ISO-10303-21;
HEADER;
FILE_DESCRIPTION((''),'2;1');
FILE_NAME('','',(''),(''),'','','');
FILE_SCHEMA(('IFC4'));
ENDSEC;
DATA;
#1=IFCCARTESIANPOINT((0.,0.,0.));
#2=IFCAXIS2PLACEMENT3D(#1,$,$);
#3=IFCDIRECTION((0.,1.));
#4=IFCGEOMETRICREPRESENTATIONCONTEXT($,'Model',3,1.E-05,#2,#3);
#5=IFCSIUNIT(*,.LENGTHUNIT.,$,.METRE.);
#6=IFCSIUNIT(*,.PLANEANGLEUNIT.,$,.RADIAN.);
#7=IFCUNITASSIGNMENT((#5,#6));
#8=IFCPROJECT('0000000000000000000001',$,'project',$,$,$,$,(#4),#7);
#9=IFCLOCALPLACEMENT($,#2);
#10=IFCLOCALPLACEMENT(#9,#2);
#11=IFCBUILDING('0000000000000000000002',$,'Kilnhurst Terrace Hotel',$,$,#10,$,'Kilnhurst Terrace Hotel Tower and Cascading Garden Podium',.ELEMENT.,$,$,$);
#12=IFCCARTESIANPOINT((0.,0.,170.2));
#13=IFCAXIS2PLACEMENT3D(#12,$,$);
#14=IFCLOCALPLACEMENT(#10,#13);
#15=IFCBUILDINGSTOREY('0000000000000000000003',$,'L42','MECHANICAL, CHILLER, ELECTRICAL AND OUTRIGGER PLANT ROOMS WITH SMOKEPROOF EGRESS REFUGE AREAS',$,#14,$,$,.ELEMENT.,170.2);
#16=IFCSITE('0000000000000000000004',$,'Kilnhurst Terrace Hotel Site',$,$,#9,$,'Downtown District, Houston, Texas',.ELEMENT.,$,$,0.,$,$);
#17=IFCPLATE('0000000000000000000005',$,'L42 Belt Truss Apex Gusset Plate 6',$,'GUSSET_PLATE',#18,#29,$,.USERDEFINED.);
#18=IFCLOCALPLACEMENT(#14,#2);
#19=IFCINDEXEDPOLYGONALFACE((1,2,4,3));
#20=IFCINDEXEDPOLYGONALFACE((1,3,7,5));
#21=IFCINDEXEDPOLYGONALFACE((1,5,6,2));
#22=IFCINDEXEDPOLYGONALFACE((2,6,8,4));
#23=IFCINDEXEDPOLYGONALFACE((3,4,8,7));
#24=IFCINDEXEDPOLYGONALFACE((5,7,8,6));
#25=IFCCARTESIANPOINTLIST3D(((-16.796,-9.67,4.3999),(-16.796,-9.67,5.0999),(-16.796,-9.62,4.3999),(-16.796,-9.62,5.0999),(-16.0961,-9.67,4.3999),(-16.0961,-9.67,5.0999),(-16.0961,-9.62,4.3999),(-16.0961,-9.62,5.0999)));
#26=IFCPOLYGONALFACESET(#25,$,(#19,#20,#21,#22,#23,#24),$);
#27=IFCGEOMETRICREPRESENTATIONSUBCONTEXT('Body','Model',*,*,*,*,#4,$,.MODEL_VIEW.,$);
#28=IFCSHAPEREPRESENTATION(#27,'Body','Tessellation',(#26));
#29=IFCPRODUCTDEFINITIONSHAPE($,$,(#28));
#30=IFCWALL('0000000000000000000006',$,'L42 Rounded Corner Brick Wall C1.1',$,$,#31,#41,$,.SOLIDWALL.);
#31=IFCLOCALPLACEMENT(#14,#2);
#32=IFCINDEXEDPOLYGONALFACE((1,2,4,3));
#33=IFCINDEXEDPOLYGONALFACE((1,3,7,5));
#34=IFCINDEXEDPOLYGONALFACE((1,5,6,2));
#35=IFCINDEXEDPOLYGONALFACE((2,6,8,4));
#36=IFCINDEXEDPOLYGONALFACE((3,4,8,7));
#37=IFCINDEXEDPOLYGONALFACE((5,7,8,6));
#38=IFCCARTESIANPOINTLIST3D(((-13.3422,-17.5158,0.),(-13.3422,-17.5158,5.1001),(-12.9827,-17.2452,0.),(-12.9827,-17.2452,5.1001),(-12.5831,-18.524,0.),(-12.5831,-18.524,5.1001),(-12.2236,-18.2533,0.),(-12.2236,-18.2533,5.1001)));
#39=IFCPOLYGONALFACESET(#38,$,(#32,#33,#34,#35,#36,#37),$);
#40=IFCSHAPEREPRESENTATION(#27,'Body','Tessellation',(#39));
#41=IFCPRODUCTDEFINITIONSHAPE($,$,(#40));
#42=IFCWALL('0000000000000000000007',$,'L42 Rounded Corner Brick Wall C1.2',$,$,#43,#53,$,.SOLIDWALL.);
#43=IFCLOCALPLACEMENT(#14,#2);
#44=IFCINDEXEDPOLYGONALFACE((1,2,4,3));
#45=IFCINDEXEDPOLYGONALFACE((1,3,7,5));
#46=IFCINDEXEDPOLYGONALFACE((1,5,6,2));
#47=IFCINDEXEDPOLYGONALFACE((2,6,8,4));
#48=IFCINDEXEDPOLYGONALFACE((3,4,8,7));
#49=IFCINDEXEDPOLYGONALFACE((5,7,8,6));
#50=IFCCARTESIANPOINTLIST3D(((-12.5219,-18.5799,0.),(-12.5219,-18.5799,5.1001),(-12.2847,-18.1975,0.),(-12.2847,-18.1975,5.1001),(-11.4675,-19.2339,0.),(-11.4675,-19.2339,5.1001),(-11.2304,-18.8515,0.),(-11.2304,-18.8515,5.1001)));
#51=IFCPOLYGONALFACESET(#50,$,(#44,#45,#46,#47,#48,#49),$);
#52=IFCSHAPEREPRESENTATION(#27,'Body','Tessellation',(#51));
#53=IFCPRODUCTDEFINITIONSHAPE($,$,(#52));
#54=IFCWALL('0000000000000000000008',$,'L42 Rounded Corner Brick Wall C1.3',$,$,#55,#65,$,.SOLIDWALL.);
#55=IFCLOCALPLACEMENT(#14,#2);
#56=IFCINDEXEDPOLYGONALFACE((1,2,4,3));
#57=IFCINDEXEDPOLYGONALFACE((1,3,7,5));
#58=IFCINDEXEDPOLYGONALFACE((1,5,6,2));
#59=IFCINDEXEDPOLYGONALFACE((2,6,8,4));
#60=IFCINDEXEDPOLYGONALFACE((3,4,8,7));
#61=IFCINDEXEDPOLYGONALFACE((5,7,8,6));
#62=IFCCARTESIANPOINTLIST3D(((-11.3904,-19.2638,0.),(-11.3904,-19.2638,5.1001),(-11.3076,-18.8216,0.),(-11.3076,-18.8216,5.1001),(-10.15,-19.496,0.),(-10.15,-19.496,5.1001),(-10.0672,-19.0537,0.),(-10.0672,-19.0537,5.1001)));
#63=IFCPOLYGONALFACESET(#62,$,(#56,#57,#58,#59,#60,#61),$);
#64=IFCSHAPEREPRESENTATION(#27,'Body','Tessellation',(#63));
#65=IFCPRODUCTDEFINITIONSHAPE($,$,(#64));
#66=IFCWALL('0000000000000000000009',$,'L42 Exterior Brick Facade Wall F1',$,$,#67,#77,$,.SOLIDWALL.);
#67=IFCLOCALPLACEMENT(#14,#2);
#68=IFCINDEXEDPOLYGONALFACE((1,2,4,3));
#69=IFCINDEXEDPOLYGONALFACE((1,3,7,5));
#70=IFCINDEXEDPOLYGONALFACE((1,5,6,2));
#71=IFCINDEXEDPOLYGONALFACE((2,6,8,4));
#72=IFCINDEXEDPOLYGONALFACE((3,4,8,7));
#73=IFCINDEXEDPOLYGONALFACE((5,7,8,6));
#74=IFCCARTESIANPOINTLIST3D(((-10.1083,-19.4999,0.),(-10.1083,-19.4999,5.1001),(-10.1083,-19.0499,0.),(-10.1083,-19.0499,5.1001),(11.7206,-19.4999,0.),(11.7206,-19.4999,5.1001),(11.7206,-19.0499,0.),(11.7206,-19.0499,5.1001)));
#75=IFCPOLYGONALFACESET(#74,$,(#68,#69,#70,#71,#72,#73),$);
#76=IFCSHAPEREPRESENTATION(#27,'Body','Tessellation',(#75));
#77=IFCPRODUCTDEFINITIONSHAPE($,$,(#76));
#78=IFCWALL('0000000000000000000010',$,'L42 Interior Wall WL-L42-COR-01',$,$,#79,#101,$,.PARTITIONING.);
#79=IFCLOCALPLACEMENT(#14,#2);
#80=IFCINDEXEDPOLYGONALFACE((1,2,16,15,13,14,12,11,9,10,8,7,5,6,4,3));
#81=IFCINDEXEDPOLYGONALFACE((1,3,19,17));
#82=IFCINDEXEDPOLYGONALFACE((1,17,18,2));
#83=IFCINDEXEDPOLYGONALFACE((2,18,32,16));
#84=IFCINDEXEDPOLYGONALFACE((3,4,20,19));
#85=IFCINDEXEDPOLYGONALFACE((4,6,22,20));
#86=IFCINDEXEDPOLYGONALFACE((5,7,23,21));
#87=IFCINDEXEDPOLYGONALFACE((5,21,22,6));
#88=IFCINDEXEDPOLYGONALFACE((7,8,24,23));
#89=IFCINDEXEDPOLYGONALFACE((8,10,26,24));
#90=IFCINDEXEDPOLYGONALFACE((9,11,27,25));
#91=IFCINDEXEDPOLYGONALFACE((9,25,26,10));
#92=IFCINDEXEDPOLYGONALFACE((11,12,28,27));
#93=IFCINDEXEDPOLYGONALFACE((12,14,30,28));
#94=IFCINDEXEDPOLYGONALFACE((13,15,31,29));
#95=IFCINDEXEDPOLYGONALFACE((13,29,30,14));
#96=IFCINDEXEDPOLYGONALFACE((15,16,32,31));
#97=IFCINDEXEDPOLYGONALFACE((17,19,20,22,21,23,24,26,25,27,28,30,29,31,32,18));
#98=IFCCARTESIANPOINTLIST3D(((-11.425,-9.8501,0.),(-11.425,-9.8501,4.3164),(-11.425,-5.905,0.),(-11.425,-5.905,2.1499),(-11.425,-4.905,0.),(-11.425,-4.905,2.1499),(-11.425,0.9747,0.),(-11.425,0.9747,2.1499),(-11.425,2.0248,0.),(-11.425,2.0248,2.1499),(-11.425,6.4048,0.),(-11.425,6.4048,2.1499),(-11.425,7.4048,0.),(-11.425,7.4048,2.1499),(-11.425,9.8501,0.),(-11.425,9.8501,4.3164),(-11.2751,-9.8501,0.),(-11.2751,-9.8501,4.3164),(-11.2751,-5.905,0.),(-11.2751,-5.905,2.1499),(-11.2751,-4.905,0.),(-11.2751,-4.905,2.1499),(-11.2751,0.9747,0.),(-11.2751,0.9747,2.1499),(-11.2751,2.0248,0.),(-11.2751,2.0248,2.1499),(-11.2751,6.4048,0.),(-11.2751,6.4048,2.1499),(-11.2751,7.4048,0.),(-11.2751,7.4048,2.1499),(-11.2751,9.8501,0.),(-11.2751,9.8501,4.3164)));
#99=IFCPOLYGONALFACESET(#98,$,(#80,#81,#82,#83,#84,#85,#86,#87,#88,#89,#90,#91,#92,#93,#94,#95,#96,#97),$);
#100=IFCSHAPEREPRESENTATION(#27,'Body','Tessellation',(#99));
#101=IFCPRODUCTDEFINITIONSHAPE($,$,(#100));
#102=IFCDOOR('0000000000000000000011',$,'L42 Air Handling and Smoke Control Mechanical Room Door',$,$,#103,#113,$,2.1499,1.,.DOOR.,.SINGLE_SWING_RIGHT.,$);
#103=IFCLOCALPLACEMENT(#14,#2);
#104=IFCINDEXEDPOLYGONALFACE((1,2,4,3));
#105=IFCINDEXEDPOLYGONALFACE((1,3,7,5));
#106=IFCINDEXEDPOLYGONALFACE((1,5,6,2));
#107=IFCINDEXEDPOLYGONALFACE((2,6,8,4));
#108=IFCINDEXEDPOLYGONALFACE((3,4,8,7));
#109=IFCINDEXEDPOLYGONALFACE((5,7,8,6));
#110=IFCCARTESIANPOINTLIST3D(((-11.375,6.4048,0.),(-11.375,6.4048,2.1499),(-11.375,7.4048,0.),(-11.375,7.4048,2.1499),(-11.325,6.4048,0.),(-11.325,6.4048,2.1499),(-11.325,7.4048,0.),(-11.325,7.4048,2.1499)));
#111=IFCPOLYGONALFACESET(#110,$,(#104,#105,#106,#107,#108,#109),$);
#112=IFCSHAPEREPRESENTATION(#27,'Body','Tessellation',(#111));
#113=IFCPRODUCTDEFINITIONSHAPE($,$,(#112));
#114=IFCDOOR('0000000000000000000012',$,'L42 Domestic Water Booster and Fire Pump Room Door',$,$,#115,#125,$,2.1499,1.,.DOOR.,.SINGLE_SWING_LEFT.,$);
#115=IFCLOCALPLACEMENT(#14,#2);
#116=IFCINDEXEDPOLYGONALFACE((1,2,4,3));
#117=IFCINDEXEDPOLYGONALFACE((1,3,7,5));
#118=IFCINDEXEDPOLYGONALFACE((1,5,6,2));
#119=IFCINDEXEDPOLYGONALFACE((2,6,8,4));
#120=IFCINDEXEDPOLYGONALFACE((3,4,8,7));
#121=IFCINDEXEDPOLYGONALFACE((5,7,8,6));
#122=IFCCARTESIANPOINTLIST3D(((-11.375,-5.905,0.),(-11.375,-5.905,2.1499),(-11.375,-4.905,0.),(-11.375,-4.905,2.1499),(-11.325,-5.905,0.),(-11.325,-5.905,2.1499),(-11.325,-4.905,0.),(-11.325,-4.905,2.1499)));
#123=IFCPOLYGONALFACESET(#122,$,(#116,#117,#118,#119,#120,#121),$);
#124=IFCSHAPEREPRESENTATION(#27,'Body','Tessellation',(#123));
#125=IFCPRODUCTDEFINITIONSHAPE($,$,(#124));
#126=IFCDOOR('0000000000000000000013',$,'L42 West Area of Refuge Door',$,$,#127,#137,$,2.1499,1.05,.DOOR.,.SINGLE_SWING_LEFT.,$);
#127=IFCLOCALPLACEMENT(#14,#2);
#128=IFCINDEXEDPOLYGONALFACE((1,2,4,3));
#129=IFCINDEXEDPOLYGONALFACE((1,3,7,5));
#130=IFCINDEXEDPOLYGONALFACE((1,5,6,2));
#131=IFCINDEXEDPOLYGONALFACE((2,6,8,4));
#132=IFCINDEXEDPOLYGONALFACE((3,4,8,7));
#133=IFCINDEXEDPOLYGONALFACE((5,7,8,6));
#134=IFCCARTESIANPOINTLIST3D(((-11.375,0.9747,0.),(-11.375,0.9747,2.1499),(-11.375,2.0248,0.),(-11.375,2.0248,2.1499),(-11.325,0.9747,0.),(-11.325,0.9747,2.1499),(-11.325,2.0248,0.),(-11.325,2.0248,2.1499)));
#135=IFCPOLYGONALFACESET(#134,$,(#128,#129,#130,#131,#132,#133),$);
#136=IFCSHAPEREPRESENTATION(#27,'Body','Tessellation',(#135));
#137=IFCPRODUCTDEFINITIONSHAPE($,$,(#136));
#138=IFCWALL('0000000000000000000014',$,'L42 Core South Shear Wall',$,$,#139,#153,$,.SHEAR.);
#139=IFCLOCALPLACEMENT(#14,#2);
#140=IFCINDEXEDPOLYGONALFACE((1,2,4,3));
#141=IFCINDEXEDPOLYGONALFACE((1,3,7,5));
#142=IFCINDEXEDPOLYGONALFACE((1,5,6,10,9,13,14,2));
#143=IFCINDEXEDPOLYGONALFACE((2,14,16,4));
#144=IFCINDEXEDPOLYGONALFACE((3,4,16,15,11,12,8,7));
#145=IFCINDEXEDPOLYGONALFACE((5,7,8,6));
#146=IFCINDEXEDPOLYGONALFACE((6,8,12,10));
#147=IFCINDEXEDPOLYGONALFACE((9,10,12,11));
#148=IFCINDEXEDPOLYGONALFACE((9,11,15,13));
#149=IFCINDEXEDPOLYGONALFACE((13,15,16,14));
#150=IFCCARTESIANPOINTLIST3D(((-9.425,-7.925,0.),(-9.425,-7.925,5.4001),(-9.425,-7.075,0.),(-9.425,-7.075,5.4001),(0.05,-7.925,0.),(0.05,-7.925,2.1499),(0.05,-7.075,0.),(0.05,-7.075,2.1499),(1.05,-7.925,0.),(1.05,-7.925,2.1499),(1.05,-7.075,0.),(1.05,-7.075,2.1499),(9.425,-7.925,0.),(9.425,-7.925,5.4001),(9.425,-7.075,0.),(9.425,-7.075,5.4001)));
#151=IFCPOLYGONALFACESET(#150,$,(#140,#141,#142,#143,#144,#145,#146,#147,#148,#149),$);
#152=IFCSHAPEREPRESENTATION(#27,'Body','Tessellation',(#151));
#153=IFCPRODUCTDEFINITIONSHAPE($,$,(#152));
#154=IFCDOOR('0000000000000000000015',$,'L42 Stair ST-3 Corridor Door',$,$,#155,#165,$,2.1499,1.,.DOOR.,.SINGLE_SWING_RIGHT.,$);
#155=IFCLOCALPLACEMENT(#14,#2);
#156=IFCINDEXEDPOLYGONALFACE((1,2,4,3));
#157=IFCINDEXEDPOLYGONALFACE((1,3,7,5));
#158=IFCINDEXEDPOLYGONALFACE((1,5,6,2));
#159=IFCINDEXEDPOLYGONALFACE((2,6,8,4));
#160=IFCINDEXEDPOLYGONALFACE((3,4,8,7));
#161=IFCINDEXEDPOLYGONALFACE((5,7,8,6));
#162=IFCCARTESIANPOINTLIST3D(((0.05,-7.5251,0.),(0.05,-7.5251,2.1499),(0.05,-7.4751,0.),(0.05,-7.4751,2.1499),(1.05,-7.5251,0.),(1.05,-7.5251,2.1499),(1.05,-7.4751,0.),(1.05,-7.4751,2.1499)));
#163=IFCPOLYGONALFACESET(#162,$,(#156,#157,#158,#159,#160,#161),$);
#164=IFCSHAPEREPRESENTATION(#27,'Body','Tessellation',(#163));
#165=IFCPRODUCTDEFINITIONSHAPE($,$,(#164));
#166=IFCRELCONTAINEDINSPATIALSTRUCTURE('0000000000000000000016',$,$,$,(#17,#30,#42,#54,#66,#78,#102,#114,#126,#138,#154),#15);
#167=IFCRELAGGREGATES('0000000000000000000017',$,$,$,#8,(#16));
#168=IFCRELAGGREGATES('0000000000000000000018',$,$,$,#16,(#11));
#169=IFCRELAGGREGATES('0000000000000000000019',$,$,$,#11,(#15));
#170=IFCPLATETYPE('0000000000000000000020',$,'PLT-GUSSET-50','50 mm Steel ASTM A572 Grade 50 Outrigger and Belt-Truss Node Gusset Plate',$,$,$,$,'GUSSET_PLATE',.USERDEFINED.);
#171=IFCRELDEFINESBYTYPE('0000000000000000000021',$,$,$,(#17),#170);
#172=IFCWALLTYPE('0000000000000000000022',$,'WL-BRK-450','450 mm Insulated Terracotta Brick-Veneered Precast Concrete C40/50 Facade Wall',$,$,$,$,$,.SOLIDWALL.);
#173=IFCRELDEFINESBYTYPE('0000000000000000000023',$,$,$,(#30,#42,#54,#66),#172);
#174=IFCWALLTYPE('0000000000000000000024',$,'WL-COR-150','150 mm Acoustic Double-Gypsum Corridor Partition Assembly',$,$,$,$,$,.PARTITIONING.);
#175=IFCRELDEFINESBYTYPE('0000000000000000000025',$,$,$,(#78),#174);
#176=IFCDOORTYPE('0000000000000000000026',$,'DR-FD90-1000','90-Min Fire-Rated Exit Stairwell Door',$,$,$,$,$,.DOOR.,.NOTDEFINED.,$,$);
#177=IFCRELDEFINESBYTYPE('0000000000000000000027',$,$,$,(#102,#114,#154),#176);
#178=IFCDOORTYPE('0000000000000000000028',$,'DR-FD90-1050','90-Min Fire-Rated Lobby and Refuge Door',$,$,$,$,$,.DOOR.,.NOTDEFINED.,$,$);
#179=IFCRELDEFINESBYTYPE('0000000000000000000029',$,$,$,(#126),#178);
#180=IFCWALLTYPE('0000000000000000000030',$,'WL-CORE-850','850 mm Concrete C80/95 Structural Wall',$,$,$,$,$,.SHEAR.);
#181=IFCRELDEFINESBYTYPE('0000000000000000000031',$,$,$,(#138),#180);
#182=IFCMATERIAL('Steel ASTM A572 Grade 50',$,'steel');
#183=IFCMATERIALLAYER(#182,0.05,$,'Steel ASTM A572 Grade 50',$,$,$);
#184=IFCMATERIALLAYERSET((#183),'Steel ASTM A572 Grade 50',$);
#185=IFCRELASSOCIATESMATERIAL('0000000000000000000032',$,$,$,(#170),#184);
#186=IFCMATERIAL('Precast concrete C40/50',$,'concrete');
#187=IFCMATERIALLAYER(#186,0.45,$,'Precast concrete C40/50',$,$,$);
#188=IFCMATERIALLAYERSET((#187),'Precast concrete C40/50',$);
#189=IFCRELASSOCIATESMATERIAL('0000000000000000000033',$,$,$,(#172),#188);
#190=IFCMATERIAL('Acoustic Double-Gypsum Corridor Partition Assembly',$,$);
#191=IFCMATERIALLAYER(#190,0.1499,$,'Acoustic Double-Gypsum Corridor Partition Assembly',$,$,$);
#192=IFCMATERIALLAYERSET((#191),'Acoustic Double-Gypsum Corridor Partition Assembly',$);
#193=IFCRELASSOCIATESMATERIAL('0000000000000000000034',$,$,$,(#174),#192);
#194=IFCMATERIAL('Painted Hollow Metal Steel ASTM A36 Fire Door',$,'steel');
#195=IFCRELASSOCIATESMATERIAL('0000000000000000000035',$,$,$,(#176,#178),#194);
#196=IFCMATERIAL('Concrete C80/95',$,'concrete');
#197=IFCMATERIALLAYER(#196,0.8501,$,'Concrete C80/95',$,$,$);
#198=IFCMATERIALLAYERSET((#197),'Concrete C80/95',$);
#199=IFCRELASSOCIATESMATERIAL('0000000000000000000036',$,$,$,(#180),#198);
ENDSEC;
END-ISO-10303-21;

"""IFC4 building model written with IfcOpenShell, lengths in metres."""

from ifc_helpers import new_model, si_unit, direction, frame, frame_2d, origin, origin_2d, place, context, subcontext, project, spatial, rectangle, extrude, material, layer, layer_set, type_object, element, fill, save


model = new_model("IFC4")

# Units and contexts
model_context = context("Model", 3, precision=1e-05, world=origin(), true_north=direction((0.0, 1.0)))
body_context = subcontext(model_context, "Body", "Model", "MODEL_VIEW")
ifc_project = project(units=[si_unit("LENGTHUNIT", "METRE"), si_unit("PLANEANGLEUNIT", "RADIAN")], contexts=[model_context])

# Site, building, storey
site_placement = place(None, origin())
site = spatial("IfcSite", under=ifc_project, at=site_placement, Name="Kilnhurst Terrace Hotel Site", LongName="Downtown District, Houston, Texas", CompositionType="ELEMENT", RefElevation=0.0)
building_placement = place(site_placement, origin())
building = spatial("IfcBuilding", under=site, at=building_placement, Name="Kilnhurst Terrace Hotel", LongName="Kilnhurst Terrace Hotel Tower and Cascading Garden Podium", CompositionType="ELEMENT")
storey_placement = place(building_placement, frame((0.0, 0.0, 170.2)))
storey = spatial("IfcBuildingStorey", under=building, at=storey_placement, Name="L42", Description="MECHANICAL, CHILLER, ELECTRICAL AND OUTRIGGER PLANT ROOMS WITH SMOKEPROOF EGRESS REFUGE AREAS", CompositionType="ELEMENT", Elevation=170.2)

# Shared definitions
ifc_material_1 = material(Name="Concrete C80/95", Category="concrete")

# Plate
ifc_material_2 = material(Name="Steel ASTM A572 Grade 50", Category="steel")
ifc_layer_1 = layer(ifc_material_2, 0.05, Name="Steel ASTM A572 Grade 50")
ifc_layer_set_1 = layer_set([ifc_layer_1], Name="Steel ASTM A572 Grade 50")
plate_type = type_object("IfcPlateType", Name="PLT-GUSSET-50", Description="50 mm Steel ASTM A572 Grade 50 Outrigger and Belt-Truss Node Gusset Plate", ElementType="GUSSET_PLATE", PredefinedType="USERDEFINED", material=ifc_layer_set_1)
plate_placement = place(storey_placement, frame((-16.446, -9.645, 4.3999), z_axis=(0.0, 0.0, 1.0), x_axis=(1.0, 0.0, 0.0)))
element("IfcPlate", 1, at=plate_placement, inside=storey, type_object=plate_type, Name="L42 Belt Truss Apex Gusset Plate 6", ObjectType="GUSSET_PLATE", PredefinedType="USERDEFINED", context=body_context, shape_type="SweptSolid", body=[
    extrude(rectangle(XDim=0.7, YDim=0.05, at=origin_2d()), origin(), (0.0, 0.0, 1.0), 0.7),
])

# Walls
ifc_material_3 = material(Name="Precast concrete C40/50", Category="concrete")
ifc_layer_2 = layer(ifc_material_3, 0.45, Name="Precast concrete C40/50")
ifc_layer_set_2 = layer_set([ifc_layer_2], Name="Precast concrete C40/50")
wall_type_1 = type_object("IfcWallType", Name="WL-BRK-450", Description="450 mm Insulated Terracotta Brick-Veneered Precast Concrete C40/50 Facade Wall", PredefinedType="SOLIDWALL", material=ifc_layer_set_2)
wall_1_placement = place(storey_placement, frame((-13.1624, -17.3806, 0.0), z_axis=(0.0, 0.0, 1.0), x_axis=(0.601516, -0.798861, 0.0)))
element("IfcWall", 2, at=wall_1_placement, inside=storey, type_object=wall_type_1, Name="L42 Rounded Corner Brick Wall C1.1", PredefinedType="SOLIDWALL", context=body_context, shape_type="SweptSolid", body=[
    extrude(rectangle(XDim=1.262, YDim=0.45, at=frame_2d((0.6309, 0.0))), origin(), (0.0, 0.0, 1.0), 5.1001),
])
wall_2_placement = place(storey_placement, frame((-12.4033, -18.3887, 0.0), z_axis=(0.0, 0.0, 1.0), x_axis=(0.849795, -0.527113, 0.0)))
element("IfcWall", 3, at=wall_2_placement, inside=storey, type_object=wall_type_1, Name="L42 Rounded Corner Brick Wall C1.2", PredefinedType="SOLIDWALL", context=body_context, shape_type="SweptSolid", body=[
    extrude(rectangle(XDim=1.2407, YDim=0.45, at=frame_2d((0.6204, 0.0))), origin(), (0.0, 0.0, 1.0), 5.1001),
])
wall_3_placement = place(storey_placement, frame((-11.3489, -19.0427, 0.0), z_axis=(0.0, 0.0, 1.0), x_axis=(0.982931, -0.183973, 0.0)))
element("IfcWall", 4, at=wall_3_placement, inside=storey, type_object=wall_type_1, Name="L42 Rounded Corner Brick Wall C1.3", PredefinedType="SOLIDWALL", context=body_context, shape_type="SweptSolid", body=[
    extrude(rectangle(XDim=1.262, YDim=0.45, at=frame_2d((0.6309, 0.0))), origin(), (0.0, 0.0, 1.0), 5.1001),
])
wall_4_placement = place(storey_placement, frame((-10.1084, -19.2749, 0.0), z_axis=(0.0, 0.0, 1.0), x_axis=(1.0, 0.0, 0.0)))
element("IfcWall", 5, at=wall_4_placement, inside=storey, type_object=wall_type_1, Name="L42 Exterior Brick Facade Wall F1", PredefinedType="SOLIDWALL", context=body_context, shape_type="SweptSolid", body=[
    extrude(rectangle(XDim=21.8289, YDim=0.45, at=frame_2d((10.9146, 0.0))), origin(), (0.0, 0.0, 1.0), 5.1001),
])

# Wall, openings, doors
ifc_material_4 = material(Name="Acoustic Double-Gypsum Corridor Partition Assembly")
ifc_layer_3 = layer(ifc_material_4, 0.1499, Name="Acoustic Double-Gypsum Corridor Partition Assembly")
ifc_layer_set_3 = layer_set([ifc_layer_3], Name="Acoustic Double-Gypsum Corridor Partition Assembly")
wall_type_2 = type_object("IfcWallType", Name="WL-COR-150", Description="150 mm Acoustic Double-Gypsum Corridor Partition Assembly", PredefinedType="PARTITIONING", material=ifc_layer_set_3)
wall_5_placement = place(storey_placement, frame((-11.3501, -9.8501, 0.0), z_axis=(0.0, 0.0, 1.0), x_axis=(0.0, 1.0, 0.0)))
wall_5 = element("IfcWall", 6, at=wall_5_placement, inside=storey, type_object=wall_type_2, Name="L42 Interior Wall WL-L42-COR-01", PredefinedType="PARTITIONING", context=body_context, shape_type="SweptSolid", body=[
    extrude(rectangle(XDim=19.7002, YDim=0.1499, at=frame_2d((9.8501, 0.0))), origin(), (0.0, 0.0, 1.0), 4.3164),
])
opening_1_placement = place(wall_5_placement, frame((10.825, 0.0, 0.0)))
opening_1 = element("IfcOpeningElement", 7, at=opening_1_placement, cuts=wall_5, PredefinedType="OPENING", context=body_context, shape_type="SweptSolid", body=[
    extrude(rectangle(XDim=1.05, YDim=2.1499, at=frame_2d((0.5249, 1.075))), frame((0.0, 0.085, 0.0), z_axis=(0.0, -1.0, 0.0), x_axis=(1.0, 0.0, 0.0)), (0.0, 0.0, 1.0), 0.1699),
])
opening_2_placement = place(wall_5_placement, frame((16.2549, 0.0, 0.0)))
opening_2 = element("IfcOpeningElement", 8, at=opening_2_placement, cuts=wall_5, PredefinedType="OPENING", context=body_context, shape_type="SweptSolid", body=[
    extrude(rectangle(XDim=1.0, YDim=2.1499, at=frame_2d((0.5, 1.075))), frame((0.0, 0.085, 0.0), z_axis=(0.0, -1.0, 0.0), x_axis=(1.0, 0.0, 0.0)), (0.0, 0.0, 1.0), 0.1699),
])
opening_3_placement = place(wall_5_placement, frame((3.9451, 0.0, 0.0)))
opening_3 = element("IfcOpeningElement", 9, at=opening_3_placement, cuts=wall_5, PredefinedType="OPENING", context=body_context, shape_type="SweptSolid", body=[
    extrude(rectangle(XDim=1.0, YDim=2.1499, at=frame_2d((0.5, 1.075))), frame((0.0, 0.085, 0.0), z_axis=(0.0, -1.0, 0.0), x_axis=(1.0, 0.0, 0.0)), (0.0, 0.0, 1.0), 0.1699),
])
ifc_material_5 = material(Name="Painted Hollow Metal Steel ASTM A36 Fire Door", Category="steel")
door_type_1 = type_object("IfcDoorType", Name="DR-FD90-1000", Description="90-Min Fire-Rated Exit Stairwell Door", OperationType="NOTDEFINED", PredefinedType="DOOR", material=ifc_material_5)
door_1_placement = place(opening_2_placement, origin())
door_1 = element("IfcDoor", 10, at=door_1_placement, inside=storey, type_object=door_type_1, Name="L42 Air Handling and Smoke Control Mechanical Room Door", OperationType="SINGLE_SWING_RIGHT", OverallHeight=2.1499, OverallWidth=1.0, PredefinedType="DOOR", context=body_context, shape_type="SweptSolid", body=[
    extrude(rectangle(XDim=1.0, YDim=2.1499, at=frame_2d((0.5, 1.075))), frame((0.0, 0.0249, 0.0), z_axis=(0.0, -1.0, 0.0), x_axis=(1.0, 0.0, 0.0)), (0.0, 0.0, 1.0), 0.05),
])
fill(opening_2, door_1)
door_2_placement = place(opening_3_placement, origin())
door_2 = element("IfcDoor", 11, at=door_2_placement, inside=storey, type_object=door_type_1, Name="L42 Domestic Water Booster and Fire Pump Room Door", OperationType="SINGLE_SWING_LEFT", OverallHeight=2.1499, OverallWidth=1.0, PredefinedType="DOOR", context=body_context, shape_type="SweptSolid", body=[
    extrude(rectangle(XDim=1.0, YDim=2.1499, at=frame_2d((0.5, 1.075))), frame((0.0, 0.0249, 0.0), z_axis=(0.0, -1.0, 0.0), x_axis=(1.0, 0.0, 0.0)), (0.0, 0.0, 1.0), 0.05),
])
fill(opening_3, door_2)
door_type_2 = type_object("IfcDoorType", Name="DR-FD90-1050", Description="90-Min Fire-Rated Lobby and Refuge Door", OperationType="NOTDEFINED", PredefinedType="DOOR", material=ifc_material_5)
door_3_placement = place(opening_1_placement, origin())
door_3 = element("IfcDoor", 12, at=door_3_placement, inside=storey, type_object=door_type_2, Name="L42 West Area of Refuge Door", OperationType="SINGLE_SWING_LEFT", OverallHeight=2.1499, OverallWidth=1.05, PredefinedType="DOOR", context=body_context, shape_type="SweptSolid", body=[
    extrude(rectangle(XDim=1.05, YDim=2.1499, at=frame_2d((0.5249, 1.075))), frame((0.0, 0.0249, 0.0), z_axis=(0.0, -1.0, 0.0), x_axis=(1.0, 0.0, 0.0)), (0.0, 0.0, 1.0), 0.05),
])
fill(opening_1, door_3)

# Wall, opening, door
ifc_layer_4 = layer(ifc_material_1, 0.8501, Name="Concrete C80/95")
ifc_layer_set_4 = layer_set([ifc_layer_4], Name="Concrete C80/95")
wall_type_3 = type_object("IfcWallType", Name="WL-CORE-850", Description="850 mm Concrete C80/95 Structural Wall", PredefinedType="SHEAR", material=ifc_layer_set_4)
wall_6_placement = place(storey_placement, frame((-9.425, -7.5, 0.0), z_axis=(0.0, 0.0, 1.0), x_axis=(1.0, 0.0, 0.0)))
wall_6 = element("IfcWall", 13, at=wall_6_placement, inside=storey, type_object=wall_type_3, Name="L42 Core South Shear Wall", PredefinedType="SHEAR", context=body_context, shape_type="SweptSolid", body=[
    extrude(rectangle(XDim=18.8501, YDim=0.8501, at=frame_2d((9.425, 0.0))), origin(), (0.0, 0.0, 1.0), 5.4001),
])
opening_4_placement = place(wall_6_placement, frame((9.4751, 0.0, 0.0)))
opening_4 = element("IfcOpeningElement", 14, at=opening_4_placement, cuts=wall_6, PredefinedType="OPENING", context=body_context, shape_type="SweptSolid", body=[
    extrude(rectangle(XDim=1.0, YDim=2.1499, at=frame_2d((0.5, 1.075))), frame((0.0, 0.4351, 0.0), z_axis=(0.0, -1.0, 0.0), x_axis=(1.0, 0.0, 0.0)), (0.0, 0.0, 1.0), 0.8701),
])
door_4_placement = place(opening_4_placement, origin())
door_4 = element("IfcDoor", 15, at=door_4_placement, inside=storey, type_object=door_type_1, Name="L42 Stair ST-3 Corridor Door", OperationType="SINGLE_SWING_RIGHT", OverallHeight=2.1499, OverallWidth=1.0, PredefinedType="DOOR", context=body_context, shape_type="SweptSolid", body=[
    extrude(rectangle(XDim=1.0, YDim=2.1499, at=frame_2d((0.5, 1.075))), frame((0.0, 0.0249, 0.0), z_axis=(0.0, -1.0, 0.0), x_axis=(1.0, 0.0, 0.0)), (0.0, 0.0, 1.0), 0.05),
])
fill(opening_4, door_4)

save(model, "model.ifc")
